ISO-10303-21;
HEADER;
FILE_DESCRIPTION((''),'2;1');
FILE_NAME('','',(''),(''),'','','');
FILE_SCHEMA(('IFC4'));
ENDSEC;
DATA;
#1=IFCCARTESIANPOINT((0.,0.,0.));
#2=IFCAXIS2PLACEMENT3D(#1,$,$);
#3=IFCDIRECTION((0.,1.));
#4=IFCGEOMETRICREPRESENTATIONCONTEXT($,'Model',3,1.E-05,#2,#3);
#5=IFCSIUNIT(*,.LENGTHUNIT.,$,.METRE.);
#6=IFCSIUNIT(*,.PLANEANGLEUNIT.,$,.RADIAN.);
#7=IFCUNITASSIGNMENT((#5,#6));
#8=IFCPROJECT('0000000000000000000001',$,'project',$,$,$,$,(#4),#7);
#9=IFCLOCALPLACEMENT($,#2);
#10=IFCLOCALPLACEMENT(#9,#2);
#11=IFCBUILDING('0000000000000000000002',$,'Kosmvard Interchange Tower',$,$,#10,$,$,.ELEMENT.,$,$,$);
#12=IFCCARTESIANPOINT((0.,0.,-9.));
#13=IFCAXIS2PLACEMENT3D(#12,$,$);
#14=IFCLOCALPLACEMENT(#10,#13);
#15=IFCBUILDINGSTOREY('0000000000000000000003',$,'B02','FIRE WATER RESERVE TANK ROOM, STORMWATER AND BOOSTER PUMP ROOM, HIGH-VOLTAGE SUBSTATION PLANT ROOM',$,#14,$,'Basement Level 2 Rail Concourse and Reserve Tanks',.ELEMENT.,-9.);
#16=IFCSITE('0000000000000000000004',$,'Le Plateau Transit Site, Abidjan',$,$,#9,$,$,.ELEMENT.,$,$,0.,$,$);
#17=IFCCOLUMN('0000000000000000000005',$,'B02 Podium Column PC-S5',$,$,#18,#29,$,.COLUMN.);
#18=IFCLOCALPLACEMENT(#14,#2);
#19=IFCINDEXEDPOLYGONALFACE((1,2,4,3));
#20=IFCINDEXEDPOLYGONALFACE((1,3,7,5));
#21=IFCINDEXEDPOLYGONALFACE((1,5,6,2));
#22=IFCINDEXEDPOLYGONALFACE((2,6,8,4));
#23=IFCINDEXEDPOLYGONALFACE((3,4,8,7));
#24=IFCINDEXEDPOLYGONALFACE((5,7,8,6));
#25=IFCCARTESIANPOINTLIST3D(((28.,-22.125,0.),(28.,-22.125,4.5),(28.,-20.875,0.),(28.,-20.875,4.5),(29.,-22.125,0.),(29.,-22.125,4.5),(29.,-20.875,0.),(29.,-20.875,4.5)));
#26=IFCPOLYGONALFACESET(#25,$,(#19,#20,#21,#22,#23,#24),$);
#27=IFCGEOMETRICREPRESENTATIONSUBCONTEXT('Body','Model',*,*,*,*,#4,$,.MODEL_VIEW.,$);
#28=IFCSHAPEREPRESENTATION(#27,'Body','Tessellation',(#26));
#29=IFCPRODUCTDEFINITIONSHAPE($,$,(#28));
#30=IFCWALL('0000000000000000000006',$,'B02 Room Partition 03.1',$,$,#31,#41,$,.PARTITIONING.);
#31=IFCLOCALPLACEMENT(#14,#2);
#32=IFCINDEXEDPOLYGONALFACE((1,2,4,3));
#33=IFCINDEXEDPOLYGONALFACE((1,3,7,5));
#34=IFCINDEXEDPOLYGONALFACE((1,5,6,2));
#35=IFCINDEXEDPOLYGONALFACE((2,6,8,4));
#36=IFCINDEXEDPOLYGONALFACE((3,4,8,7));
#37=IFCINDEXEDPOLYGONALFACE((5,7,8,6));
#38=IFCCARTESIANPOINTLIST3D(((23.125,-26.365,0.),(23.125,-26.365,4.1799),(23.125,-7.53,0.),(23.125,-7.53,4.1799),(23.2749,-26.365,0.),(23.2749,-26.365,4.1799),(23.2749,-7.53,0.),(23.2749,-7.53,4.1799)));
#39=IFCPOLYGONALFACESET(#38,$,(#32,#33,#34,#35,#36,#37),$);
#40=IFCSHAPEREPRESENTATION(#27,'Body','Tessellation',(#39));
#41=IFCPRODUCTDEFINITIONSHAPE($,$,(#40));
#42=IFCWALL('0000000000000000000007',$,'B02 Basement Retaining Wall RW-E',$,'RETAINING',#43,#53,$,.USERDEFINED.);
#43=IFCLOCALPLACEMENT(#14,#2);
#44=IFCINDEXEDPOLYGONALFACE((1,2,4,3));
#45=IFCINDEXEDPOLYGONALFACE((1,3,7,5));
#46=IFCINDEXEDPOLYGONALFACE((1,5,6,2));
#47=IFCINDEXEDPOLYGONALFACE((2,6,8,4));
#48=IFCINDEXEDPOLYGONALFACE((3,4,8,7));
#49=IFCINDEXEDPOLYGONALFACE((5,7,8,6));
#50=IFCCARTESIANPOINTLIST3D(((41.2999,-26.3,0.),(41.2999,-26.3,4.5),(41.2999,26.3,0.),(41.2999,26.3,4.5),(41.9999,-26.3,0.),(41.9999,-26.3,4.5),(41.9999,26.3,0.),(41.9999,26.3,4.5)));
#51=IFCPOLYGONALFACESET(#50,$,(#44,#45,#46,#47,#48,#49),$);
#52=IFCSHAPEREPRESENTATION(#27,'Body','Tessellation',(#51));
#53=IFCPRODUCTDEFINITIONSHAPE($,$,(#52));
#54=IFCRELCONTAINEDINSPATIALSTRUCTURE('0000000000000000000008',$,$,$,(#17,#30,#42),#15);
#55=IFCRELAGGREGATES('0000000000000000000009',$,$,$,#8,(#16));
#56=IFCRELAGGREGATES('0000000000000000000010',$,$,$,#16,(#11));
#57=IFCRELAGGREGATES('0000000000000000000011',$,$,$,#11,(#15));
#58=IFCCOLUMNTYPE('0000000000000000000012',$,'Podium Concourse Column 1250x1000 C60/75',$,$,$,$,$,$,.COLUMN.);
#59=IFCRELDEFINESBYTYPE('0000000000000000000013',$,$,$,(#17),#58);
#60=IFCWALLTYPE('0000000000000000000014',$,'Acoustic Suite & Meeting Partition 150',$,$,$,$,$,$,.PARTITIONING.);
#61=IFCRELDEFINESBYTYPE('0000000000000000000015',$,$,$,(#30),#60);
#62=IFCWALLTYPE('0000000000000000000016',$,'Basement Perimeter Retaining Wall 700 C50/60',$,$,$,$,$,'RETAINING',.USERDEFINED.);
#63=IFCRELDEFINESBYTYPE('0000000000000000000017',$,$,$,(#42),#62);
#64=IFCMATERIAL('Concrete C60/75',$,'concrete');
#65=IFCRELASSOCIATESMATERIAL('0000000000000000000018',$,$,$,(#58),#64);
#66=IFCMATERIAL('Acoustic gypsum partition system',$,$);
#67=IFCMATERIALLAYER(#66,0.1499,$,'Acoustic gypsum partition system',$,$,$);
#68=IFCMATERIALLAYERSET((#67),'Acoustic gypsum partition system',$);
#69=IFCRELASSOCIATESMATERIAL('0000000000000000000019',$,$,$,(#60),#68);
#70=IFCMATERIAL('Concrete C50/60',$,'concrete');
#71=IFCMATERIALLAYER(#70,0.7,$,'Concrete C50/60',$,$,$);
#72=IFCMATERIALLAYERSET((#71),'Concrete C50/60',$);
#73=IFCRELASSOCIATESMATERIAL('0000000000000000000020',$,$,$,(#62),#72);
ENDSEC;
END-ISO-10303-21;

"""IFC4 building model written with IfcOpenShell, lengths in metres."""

from ifc_helpers import new_model, si_unit, direction, frame, frame_2d, origin, origin_2d, place, context, subcontext, project, spatial, rectangle, extrude, source, transform, mapped, material, layer, layer_set, material_profile, profile_set, type_object, element, save


model = new_model("IFC4")

# Units and contexts
model_context = context("Model", 3, precision=1e-05, world=origin(), true_north=direction((0.0, 1.0)))
body_context = subcontext(model_context, "Body", "Model", "MODEL_VIEW")
ifc_project = project(units=[si_unit("LENGTHUNIT", "METRE"), si_unit("PLANEANGLEUNIT", "RADIAN")], contexts=[model_context])

# Site, building, storey
site_placement = place(None, origin())
site = spatial("IfcSite", under=ifc_project, at=site_placement, Name="Le Plateau Transit Site, Abidjan", CompositionType="ELEMENT", RefElevation=0.0)
building_placement = place(site_placement, origin())
building = spatial("IfcBuilding", under=site, at=building_placement, Name="Kosmvard Interchange Tower", CompositionType="ELEMENT")
storey_placement = place(building_placement, frame((0.0, 0.0, -9.0)))
storey = spatial("IfcBuildingStorey", under=building, at=storey_placement, Name="B02", Description="FIRE WATER RESERVE TANK ROOM, STORMWATER AND BOOSTER PUMP ROOM, HIGH-VOLTAGE SUBSTATION PLANT ROOM", LongName="Basement Level 2 Rail Concourse and Reserve Tanks", CompositionType="ELEMENT", Elevation=-9.0)

# Shared definitions
ifc_material_1 = material(Name="Concrete C50/60", Category="concrete")

# Column
ifc_material_2 = material(Name="Concrete C60/75", Category="concrete")
ifc_material_profile_1 = material_profile(ifc_material_2, rectangle(XDim=1.0, YDim=1.25, at=origin_2d()), Name="PC 1250x1000")
ifc_profile_set_1 = profile_set([ifc_material_profile_1], Name="Concrete C60/75")
column_type_1 = type_object("IfcColumnType", Name="Podium Concourse Column 1250x1000 C60/75", PredefinedType="COLUMN", material=ifc_profile_set_1)
shared_shape_1 = source(origin(), body_context, "Body", "SweptSolid", [
    extrude(rectangle(XDim=1.0, YDim=1.25, at=origin_2d()), origin(), (0.0, 0.0, 1.0), 4.5),
])
column_placement = place(storey_placement, frame((28.5, -21.5, 0.0), z_axis=(0.0, 0.0, 1.0), x_axis=(1.0, 0.0, 0.0)))
element("IfcColumn", 1, at=column_placement, inside=storey, type_object=column_type_1, Name="B02 Podium Column PC-S5", PredefinedType="COLUMN", context=body_context, shape_type="MappedRepresentation", body=[
    mapped(shared_shape_1, transform((0.0, 0.0, 0.0), scale=1.0)),
])

# Walls
ifc_material_3 = material(Name="Acoustic gypsum partition system")
ifc_layer_1 = layer(ifc_material_3, 0.1499, Name="Acoustic gypsum partition system")
ifc_layer_set_1 = layer_set([ifc_layer_1], Name="Acoustic gypsum partition system")
wall_type_1 = type_object("IfcWallType", Name="Acoustic Suite & Meeting Partition 150", PredefinedType="PARTITIONING", material=ifc_layer_set_1)
wall_1_placement = place(storey_placement, frame((23.2, -26.365, 0.0), z_axis=(0.0, 0.0, 1.0), x_axis=(0.0, 1.0, 0.0)))
element("IfcWall", 2, at=wall_1_placement, inside=storey, type_object=wall_type_1, Name="B02 Room Partition 03.1", PredefinedType="PARTITIONING", context=body_context, shape_type="SweptSolid", body=[
    extrude(rectangle(XDim=18.835, YDim=0.1499, at=frame_2d((9.4175, 0.0))), origin(), (0.0, 0.0, 1.0), 4.1799),
])
ifc_layer_2 = layer(ifc_material_1, 0.7, Name="Concrete C50/60")
ifc_layer_set_2 = layer_set([ifc_layer_2], Name="Concrete C50/60")
wall_type_2 = type_object("IfcWallType", Name="Basement Perimeter Retaining Wall 700 C50/60", ElementType="RETAINING", PredefinedType="USERDEFINED", material=ifc_layer_set_2)
wall_2_placement = place(storey_placement, frame((41.6499, -26.3, 0.0), z_axis=(0.0, 0.0, 1.0), x_axis=(0.0, 1.0, 0.0)))
element("IfcWall", 3, at=wall_2_placement, inside=storey, type_object=wall_type_2, Name="B02 Basement Retaining Wall RW-E", ObjectType="RETAINING", PredefinedType="USERDEFINED", context=body_context, shape_type="SweptSolid", body=[
    extrude(rectangle(XDim=52.6001, YDim=0.7, at=frame_2d((26.3, 0.0))), origin(), (0.0, 0.0, 1.0), 4.5),
])

save(model, "model.ifc")
